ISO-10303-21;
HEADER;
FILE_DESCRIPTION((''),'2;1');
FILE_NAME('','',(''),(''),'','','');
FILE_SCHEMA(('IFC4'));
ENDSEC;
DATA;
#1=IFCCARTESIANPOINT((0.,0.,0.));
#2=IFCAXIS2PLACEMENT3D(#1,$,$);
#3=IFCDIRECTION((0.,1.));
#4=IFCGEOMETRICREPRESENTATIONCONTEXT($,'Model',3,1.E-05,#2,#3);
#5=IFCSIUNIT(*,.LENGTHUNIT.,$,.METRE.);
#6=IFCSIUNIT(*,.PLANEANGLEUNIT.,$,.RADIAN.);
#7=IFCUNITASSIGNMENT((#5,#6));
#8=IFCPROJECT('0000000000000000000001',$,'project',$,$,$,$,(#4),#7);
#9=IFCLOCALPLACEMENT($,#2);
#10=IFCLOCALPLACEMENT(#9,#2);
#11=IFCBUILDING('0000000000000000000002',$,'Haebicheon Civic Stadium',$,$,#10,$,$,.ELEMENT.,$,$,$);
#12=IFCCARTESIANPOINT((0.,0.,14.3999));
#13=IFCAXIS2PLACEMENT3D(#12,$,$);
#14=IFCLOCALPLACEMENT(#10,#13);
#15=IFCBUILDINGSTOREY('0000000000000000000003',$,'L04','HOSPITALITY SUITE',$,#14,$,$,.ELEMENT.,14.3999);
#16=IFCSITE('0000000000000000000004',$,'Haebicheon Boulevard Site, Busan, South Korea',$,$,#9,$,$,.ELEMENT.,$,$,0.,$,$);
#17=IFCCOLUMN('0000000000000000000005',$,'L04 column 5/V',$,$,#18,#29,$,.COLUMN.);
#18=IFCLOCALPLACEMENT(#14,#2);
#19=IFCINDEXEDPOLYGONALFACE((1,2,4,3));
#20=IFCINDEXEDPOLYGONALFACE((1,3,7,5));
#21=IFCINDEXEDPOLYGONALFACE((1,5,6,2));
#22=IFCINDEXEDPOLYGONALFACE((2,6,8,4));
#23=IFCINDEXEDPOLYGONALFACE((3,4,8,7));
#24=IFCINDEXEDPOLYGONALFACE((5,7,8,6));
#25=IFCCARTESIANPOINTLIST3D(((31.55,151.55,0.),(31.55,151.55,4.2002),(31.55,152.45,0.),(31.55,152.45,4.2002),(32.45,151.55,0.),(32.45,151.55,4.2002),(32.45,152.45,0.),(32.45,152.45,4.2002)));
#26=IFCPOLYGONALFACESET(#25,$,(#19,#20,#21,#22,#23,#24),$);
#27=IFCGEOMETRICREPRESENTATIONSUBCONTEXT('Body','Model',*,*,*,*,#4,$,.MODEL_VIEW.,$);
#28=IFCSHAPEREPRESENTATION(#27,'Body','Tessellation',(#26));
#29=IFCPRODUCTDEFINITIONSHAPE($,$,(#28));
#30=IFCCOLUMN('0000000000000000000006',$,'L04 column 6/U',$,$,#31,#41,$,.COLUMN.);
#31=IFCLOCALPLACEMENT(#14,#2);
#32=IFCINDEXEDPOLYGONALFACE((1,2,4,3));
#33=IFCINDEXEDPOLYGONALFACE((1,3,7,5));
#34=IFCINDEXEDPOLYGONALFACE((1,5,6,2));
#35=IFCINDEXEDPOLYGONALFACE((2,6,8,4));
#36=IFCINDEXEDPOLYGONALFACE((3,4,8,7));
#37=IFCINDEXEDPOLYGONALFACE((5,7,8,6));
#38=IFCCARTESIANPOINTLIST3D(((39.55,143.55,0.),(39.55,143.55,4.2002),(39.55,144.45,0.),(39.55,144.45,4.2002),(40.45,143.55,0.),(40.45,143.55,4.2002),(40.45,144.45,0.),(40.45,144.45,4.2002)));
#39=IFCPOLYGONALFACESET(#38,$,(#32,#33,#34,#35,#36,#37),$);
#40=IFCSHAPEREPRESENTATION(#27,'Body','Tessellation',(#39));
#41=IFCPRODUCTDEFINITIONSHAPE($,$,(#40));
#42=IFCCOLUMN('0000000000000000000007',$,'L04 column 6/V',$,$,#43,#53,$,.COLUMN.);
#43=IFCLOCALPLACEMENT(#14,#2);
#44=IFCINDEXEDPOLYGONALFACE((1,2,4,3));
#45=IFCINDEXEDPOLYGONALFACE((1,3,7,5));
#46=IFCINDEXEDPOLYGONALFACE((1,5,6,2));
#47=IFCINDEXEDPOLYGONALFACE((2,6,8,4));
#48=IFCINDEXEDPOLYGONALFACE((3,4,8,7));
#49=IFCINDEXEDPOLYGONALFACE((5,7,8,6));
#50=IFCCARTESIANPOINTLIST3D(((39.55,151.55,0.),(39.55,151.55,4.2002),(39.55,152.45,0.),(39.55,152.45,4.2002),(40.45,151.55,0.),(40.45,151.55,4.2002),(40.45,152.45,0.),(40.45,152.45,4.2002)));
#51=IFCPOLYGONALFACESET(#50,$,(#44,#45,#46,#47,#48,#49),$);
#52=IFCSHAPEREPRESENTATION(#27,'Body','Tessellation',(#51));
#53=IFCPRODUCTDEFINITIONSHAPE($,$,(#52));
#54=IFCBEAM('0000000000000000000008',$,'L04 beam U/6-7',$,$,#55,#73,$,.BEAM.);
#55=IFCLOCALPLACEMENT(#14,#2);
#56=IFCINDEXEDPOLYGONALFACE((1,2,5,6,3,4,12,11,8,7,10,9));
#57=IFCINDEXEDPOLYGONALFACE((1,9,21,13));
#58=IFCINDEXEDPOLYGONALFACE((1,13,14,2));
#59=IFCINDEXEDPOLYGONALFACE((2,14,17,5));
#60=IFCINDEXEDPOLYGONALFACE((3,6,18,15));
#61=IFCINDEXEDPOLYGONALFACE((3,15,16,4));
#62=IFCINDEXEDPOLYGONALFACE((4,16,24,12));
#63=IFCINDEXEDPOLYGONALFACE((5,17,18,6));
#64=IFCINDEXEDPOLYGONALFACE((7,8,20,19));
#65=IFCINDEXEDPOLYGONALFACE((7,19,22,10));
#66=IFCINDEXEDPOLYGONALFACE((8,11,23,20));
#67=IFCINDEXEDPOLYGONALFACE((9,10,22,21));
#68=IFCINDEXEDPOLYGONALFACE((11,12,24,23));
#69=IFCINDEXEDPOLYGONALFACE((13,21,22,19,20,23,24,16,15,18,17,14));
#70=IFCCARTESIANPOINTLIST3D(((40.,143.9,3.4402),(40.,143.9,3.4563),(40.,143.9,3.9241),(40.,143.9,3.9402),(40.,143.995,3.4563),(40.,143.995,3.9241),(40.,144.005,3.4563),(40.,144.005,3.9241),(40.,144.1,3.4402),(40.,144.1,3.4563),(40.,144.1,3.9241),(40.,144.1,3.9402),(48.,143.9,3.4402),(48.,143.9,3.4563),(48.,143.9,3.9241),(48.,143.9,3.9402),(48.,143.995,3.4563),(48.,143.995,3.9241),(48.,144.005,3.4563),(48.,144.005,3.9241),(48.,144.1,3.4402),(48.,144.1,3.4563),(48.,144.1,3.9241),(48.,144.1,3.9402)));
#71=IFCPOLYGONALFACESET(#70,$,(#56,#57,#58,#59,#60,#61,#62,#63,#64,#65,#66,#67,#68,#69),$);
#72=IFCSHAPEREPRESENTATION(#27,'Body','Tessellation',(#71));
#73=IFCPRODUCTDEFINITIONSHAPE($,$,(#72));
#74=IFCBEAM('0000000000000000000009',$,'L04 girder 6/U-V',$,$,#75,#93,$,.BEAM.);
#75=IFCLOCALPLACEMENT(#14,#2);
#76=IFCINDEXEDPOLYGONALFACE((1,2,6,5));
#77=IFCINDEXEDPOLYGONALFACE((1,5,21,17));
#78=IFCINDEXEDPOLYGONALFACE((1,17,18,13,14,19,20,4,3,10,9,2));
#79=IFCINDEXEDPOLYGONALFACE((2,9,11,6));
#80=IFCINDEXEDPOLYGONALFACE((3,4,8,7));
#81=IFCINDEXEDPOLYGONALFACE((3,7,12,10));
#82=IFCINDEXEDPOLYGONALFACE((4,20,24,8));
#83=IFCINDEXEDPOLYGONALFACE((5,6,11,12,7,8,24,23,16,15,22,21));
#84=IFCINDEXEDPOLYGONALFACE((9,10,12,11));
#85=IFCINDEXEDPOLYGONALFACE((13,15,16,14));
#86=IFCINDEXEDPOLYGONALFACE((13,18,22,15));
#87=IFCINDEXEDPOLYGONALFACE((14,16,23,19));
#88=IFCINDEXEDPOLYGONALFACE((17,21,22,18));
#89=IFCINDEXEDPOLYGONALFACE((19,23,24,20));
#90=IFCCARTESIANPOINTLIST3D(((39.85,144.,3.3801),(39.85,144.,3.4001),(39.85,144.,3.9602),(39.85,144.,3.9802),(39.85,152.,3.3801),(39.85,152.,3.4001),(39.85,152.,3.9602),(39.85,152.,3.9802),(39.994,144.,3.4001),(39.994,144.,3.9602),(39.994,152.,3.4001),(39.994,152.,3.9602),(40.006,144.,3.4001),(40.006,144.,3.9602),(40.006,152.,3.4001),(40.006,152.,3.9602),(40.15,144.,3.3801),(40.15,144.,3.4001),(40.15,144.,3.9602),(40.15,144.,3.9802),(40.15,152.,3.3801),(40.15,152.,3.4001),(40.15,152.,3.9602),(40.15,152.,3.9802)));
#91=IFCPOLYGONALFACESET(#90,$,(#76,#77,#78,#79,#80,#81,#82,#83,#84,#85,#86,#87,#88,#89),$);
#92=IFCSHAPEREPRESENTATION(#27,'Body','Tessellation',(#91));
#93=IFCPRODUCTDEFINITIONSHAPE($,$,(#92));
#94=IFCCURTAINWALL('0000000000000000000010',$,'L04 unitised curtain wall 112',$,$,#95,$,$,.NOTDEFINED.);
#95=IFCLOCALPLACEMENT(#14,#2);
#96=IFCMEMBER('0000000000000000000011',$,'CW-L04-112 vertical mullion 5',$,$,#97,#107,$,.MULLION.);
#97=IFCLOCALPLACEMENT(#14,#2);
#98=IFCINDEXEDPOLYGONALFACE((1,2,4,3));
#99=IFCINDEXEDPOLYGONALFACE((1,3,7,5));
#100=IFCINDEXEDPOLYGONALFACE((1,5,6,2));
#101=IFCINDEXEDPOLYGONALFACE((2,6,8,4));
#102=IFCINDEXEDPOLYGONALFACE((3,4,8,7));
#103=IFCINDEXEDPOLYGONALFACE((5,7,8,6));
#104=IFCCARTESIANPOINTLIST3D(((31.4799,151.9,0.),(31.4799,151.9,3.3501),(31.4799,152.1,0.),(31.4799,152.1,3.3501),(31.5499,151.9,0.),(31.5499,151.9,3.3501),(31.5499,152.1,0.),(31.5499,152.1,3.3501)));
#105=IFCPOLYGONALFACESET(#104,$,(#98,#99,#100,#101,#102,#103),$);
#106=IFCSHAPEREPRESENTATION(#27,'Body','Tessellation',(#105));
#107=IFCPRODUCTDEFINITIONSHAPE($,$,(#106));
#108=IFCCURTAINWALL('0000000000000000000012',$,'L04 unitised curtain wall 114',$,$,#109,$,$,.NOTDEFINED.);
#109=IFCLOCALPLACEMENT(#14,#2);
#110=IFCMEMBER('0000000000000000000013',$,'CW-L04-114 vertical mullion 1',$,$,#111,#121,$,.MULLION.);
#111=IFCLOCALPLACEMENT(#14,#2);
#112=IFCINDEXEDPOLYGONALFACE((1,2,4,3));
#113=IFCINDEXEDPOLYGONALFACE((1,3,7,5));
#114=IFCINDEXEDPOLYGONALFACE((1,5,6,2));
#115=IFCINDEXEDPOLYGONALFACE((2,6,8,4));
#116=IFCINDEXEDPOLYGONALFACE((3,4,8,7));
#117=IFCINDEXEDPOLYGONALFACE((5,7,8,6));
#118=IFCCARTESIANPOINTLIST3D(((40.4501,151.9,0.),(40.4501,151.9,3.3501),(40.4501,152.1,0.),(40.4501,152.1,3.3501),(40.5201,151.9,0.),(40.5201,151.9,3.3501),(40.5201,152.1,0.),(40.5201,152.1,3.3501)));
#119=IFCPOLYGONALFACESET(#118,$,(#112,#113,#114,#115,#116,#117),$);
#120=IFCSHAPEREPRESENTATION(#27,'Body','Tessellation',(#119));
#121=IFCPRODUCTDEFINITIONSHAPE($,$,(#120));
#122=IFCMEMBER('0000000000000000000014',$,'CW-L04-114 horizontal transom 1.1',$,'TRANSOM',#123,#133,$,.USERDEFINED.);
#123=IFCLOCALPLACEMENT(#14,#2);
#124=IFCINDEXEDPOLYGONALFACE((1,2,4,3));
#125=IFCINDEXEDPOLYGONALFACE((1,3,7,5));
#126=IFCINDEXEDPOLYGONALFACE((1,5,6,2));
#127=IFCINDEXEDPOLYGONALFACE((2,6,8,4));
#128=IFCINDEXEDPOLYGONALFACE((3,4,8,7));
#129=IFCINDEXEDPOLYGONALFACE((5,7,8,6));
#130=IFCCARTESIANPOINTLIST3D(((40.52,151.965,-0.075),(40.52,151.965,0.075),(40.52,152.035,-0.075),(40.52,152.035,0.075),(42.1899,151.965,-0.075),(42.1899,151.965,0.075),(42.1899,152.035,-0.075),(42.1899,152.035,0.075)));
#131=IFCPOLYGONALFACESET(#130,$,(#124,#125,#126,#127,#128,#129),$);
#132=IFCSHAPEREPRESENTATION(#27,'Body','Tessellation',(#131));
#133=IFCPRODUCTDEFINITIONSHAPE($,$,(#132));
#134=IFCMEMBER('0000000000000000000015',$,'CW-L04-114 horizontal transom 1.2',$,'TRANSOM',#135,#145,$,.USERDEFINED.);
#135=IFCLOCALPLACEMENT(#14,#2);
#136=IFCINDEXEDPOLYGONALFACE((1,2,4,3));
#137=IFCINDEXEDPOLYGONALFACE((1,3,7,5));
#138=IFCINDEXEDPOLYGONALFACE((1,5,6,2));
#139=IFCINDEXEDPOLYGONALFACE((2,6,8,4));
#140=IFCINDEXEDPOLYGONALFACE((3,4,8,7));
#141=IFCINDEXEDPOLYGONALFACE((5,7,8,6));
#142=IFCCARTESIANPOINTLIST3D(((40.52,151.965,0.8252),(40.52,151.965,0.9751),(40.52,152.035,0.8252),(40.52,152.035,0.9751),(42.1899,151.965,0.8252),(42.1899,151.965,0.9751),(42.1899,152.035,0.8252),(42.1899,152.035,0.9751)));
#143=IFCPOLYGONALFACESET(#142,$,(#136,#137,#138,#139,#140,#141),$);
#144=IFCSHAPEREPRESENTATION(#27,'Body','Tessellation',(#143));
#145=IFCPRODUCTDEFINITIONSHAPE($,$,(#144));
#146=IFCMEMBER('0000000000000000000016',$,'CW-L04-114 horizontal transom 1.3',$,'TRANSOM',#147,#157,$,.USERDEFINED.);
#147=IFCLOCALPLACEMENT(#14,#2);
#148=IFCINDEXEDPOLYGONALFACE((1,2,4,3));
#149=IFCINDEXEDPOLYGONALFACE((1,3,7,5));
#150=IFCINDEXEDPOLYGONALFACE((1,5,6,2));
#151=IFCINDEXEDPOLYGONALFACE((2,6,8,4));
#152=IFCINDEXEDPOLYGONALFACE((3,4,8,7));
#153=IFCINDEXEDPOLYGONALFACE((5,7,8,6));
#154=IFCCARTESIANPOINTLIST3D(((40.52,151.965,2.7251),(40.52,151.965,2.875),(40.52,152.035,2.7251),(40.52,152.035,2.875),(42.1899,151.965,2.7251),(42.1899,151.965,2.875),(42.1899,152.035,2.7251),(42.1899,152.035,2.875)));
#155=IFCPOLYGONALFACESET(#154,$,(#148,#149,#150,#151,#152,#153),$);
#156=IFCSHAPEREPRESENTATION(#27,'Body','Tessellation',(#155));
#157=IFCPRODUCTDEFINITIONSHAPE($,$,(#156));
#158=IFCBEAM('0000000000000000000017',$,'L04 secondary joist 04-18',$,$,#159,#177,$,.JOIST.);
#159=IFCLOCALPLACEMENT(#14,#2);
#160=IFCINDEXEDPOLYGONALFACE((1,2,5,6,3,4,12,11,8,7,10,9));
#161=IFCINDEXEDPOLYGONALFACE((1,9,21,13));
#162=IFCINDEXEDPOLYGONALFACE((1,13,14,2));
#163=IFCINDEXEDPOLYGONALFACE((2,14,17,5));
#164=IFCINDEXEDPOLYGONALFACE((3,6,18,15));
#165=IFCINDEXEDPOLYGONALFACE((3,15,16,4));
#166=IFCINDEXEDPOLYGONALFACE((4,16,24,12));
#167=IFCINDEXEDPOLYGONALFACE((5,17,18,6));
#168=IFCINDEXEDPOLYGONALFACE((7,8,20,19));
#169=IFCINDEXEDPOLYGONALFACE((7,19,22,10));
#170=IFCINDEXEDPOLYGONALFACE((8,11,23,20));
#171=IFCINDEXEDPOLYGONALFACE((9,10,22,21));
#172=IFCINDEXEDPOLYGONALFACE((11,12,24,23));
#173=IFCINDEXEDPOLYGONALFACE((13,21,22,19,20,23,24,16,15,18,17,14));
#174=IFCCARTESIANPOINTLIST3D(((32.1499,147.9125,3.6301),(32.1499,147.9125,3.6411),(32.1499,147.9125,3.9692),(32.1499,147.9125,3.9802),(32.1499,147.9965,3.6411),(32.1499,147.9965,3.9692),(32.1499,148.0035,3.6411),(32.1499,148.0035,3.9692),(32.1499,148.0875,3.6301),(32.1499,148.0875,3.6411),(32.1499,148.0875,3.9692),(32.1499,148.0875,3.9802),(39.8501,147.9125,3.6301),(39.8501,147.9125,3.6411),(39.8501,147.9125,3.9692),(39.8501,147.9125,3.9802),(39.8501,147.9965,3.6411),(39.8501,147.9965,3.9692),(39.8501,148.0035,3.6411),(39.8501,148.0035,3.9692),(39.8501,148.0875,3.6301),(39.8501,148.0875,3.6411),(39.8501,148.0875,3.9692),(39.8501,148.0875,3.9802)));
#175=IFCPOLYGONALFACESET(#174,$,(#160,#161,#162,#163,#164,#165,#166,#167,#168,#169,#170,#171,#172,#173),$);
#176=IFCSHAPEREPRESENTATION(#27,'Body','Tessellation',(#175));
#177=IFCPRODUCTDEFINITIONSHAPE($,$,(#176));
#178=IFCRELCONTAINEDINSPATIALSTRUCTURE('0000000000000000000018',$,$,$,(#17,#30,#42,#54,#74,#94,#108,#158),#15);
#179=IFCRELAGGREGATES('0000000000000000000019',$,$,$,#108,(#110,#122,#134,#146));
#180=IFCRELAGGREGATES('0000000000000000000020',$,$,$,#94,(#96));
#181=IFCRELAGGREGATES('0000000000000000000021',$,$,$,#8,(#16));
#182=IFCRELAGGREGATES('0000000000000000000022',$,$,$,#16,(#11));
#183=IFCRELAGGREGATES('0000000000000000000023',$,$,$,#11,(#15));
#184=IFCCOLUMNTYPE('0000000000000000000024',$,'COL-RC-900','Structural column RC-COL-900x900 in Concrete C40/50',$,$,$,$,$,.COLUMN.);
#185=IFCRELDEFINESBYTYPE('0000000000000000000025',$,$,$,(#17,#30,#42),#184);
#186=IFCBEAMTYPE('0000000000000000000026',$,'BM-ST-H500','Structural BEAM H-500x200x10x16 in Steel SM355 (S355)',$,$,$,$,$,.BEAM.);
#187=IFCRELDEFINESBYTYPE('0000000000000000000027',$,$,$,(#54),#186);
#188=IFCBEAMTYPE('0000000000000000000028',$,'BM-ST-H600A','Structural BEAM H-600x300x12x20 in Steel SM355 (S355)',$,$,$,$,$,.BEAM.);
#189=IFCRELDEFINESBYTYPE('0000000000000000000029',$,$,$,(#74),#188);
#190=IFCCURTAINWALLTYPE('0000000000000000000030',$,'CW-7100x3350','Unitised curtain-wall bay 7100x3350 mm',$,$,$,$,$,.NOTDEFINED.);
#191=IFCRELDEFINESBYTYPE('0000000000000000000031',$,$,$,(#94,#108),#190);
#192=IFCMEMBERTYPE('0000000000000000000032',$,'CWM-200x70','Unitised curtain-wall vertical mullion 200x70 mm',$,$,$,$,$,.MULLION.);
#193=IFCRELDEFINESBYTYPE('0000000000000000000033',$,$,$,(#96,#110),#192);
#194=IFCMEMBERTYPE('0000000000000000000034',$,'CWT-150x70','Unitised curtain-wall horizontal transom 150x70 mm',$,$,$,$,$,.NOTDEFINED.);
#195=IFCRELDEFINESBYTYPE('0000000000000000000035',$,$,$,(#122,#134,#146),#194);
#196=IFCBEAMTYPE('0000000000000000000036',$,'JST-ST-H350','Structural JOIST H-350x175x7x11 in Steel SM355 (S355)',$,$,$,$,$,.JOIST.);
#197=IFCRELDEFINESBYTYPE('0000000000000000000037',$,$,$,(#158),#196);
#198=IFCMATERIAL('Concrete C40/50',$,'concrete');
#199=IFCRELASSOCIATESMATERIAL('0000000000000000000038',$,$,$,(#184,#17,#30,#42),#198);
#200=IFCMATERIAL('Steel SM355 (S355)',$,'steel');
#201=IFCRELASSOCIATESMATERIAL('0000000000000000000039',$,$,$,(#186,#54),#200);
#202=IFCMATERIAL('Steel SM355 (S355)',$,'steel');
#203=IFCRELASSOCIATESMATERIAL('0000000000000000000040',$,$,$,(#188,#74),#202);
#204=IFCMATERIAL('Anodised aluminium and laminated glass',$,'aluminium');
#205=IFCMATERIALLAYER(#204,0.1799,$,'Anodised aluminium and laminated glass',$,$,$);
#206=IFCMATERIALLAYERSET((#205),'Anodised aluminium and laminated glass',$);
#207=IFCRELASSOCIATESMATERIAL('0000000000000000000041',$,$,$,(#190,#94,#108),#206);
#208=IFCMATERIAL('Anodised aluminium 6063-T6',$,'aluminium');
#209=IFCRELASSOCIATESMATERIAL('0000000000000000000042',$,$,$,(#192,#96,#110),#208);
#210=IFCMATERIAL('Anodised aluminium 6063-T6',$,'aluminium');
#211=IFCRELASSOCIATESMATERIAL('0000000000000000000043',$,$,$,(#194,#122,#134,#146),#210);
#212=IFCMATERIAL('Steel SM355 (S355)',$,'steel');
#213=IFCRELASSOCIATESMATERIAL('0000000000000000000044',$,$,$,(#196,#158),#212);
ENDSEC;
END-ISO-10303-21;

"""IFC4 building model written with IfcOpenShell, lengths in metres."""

from ifc_helpers import new_model, si_unit, direction, frame, origin, origin_2d, place, context, subcontext, project, spatial, rectangle, i_section, extrude, material, layer, layer_set, material_profile, profile_set, type_object, element, aggregate, save


model = new_model("IFC4")

# Units and contexts
model_context = context("Model", 3, precision=1e-05, world=origin(), true_north=direction((0.0, 1.0)))
body_context = subcontext(model_context, "Body", "Model", "MODEL_VIEW")
ifc_project = project(units=[si_unit("LENGTHUNIT", "METRE"), si_unit("PLANEANGLEUNIT", "RADIAN")], contexts=[model_context])

# Site, building, storey
site_placement = place(None, origin())
site = spatial("IfcSite", under=ifc_project, at=site_placement, Name="Haebicheon Boulevard Site, Busan, South Korea", CompositionType="ELEMENT", RefElevation=0.0)
building_placement = place(site_placement, origin())
building = spatial("IfcBuilding", under=site, at=building_placement, Name="Haebicheon Civic Stadium", CompositionType="ELEMENT")
storey_placement = place(building_placement, frame((0.0, 0.0, 14.3999)))
storey = spatial("IfcBuildingStorey", under=building, at=storey_placement, Name="L04", Description="HOSPITALITY SUITE", CompositionType="ELEMENT", Elevation=14.3999)

# Columns
ifc_material_1 = material(Name="Concrete C40/50", Category="concrete")
ifc_material_profile_1 = material_profile(ifc_material_1, rectangle(XDim=0.8999, YDim=0.8999, at=origin_2d()), Name="RC-COL-900x900")
ifc_profile_set_1 = profile_set([ifc_material_profile_1], Name="Concrete C40/50")
column_type = type_object("IfcColumnType", Name="COL-RC-900", Description="Structural column RC-COL-900x900 in Concrete C40/50", PredefinedType="COLUMN", material=ifc_profile_set_1)
for number, where, z_axis, x_axis, name in (
    (1, (32.0, 152.0, 0.0), (0.0, 0.0, 1.0), (1.0, 0.0, 0.0), "L04 column 5/V"),
    (2, (40.0, 144.0, 0.0), (0.0, 0.0, 1.0), (1.0, 0.0, 0.0), "L04 column 6/U"),
    (3, (40.0, 152.0, 0.0), (0.0, 0.0, 1.0), (1.0, 0.0, 0.0), "L04 column 6/V"),
):
    element("IfcColumn", number, at=place(storey_placement, frame(where, z_axis=z_axis, x_axis=x_axis)), inside=storey, type_object=column_type, material=ifc_profile_set_1, Name=name, PredefinedType="COLUMN", context=body_context, shape_type="SweptSolid", body=[
        extrude(rectangle(XDim=0.8999, YDim=0.8999, at=origin_2d()), origin(), (0.0, 0.0, 1.0), 4.2002),
    ])

# Beams
ifc_material_2 = material(Name="Steel SM355 (S355)", Category="steel")
ifc_material_profile_2 = material_profile(ifc_material_2, i_section(OverallWidth=0.2, OverallDepth=0.5, WebThickness=0.01, FlangeThickness=0.0161, at=origin_2d()), Name="H-500x200x10x16")
ifc_profile_set_2 = profile_set([ifc_material_profile_2], Name="Steel SM355 (S355)")
beam_type_1 = type_object("IfcBeamType", Name="BM-ST-H500", Description="Structural BEAM H-500x200x10x16 in Steel SM355 (S355)", PredefinedType="BEAM", material=ifc_profile_set_2)
beam_1_placement = place(storey_placement, frame((40.0, 144.0, 3.6902), z_axis=(1.0, 0.0, 0.0), x_axis=(0.0, 1.0, 0.0)))
element("IfcBeam", 4, at=beam_1_placement, inside=storey, type_object=beam_type_1, material=ifc_profile_set_2, Name="L04 beam U/6-7", PredefinedType="BEAM", context=body_context, shape_type="SweptSolid", body=[
    extrude(i_section(OverallWidth=0.2, OverallDepth=0.5, WebThickness=0.01, FlangeThickness=0.0161, at=origin_2d()), origin(), (0.0, 0.0, 1.0), 8.0),
])
ifc_material_3 = material(Name="Steel SM355 (S355)", Category="steel")
ifc_material_profile_3 = material_profile(ifc_material_3, i_section(OverallWidth=0.3, OverallDepth=0.6001, WebThickness=0.012, FlangeThickness=0.02, at=origin_2d()), Name="H-600x300x12x20")
ifc_profile_set_3 = profile_set([ifc_material_profile_3], Name="Steel SM355 (S355)")
beam_type_2 = type_object("IfcBeamType", Name="BM-ST-H600A", Description="Structural BEAM H-600x300x12x20 in Steel SM355 (S355)", PredefinedType="BEAM", material=ifc_profile_set_3)
beam_2_placement = place(storey_placement, frame((40.0, 144.0, 3.6802), z_axis=(0.0, 1.0, 0.0), x_axis=(-1.0, 0.0, 0.0)))
element("IfcBeam", 5, at=beam_2_placement, inside=storey, type_object=beam_type_2, material=ifc_profile_set_3, Name="L04 girder 6/U-V", PredefinedType="BEAM", context=body_context, shape_type="SweptSolid", body=[
    extrude(i_section(OverallWidth=0.3, OverallDepth=0.6001, WebThickness=0.012, FlangeThickness=0.02, at=origin_2d()), origin(), (0.0, 0.0, 1.0), 8.0),
])

# Curtain wall, member
ifc_material_4 = material(Name="Anodised aluminium and laminated glass", Category="aluminium")
ifc_layer_1 = layer(ifc_material_4, 0.1799, Name="Anodised aluminium and laminated glass")
ifc_layer_set_1 = layer_set([ifc_layer_1], Name="Anodised aluminium and laminated glass")
curtain_wall_type = type_object("IfcCurtainWallType", Name="CW-7100x3350", Description="Unitised curtain-wall bay 7100x3350 mm", PredefinedType="NOTDEFINED", material=ifc_layer_set_1)
curtain_wall_1_placement = place(storey_placement, origin())
curtain_wall_1 = element("IfcCurtainWall", 6, at=curtain_wall_1_placement, inside=storey, type_object=curtain_wall_type, material=ifc_layer_set_1, Name="L04 unitised curtain wall 112", PredefinedType="NOTDEFINED")
ifc_material_5 = material(Name="Anodised aluminium 6063-T6", Category="aluminium")
ifc_material_profile_4 = material_profile(ifc_material_5, rectangle(XDim=0.0701, YDim=0.2, at=origin_2d()), Name="ALU-MULL-70x200")
ifc_profile_set_4 = profile_set([ifc_material_profile_4], Name="Anodised aluminium 6063-T6")
member_type_1 = type_object("IfcMemberType", Name="CWM-200x70", Description="Unitised curtain-wall vertical mullion 200x70 mm", PredefinedType="MULLION", material=ifc_profile_set_4)
member_1_placement = place(storey_placement, frame((31.5149, 152.0, 0.0), z_axis=(0.0, 0.0, 1.0), x_axis=(1.0, 0.0, 0.0)))
member_1 = element("IfcMember", 7, at=member_1_placement, type_object=member_type_1, material=ifc_profile_set_4, Name="CW-L04-112 vertical mullion 5", PredefinedType="MULLION", context=body_context, shape_type="SweptSolid", body=[
    extrude(rectangle(XDim=0.0701, YDim=0.2, at=origin_2d()), origin(), (0.0, 0.0, 1.0), 3.3501),
])

# Curtain wall, members
curtain_wall_2_placement = place(storey_placement, origin())
curtain_wall_2 = element("IfcCurtainWall", 8, at=curtain_wall_2_placement, inside=storey, type_object=curtain_wall_type, material=ifc_layer_set_1, Name="L04 unitised curtain wall 114", PredefinedType="NOTDEFINED")
member_2_placement = place(storey_placement, frame((40.4851, 152.0, 0.0), z_axis=(0.0, 0.0, 1.0), x_axis=(1.0, 0.0, 0.0)))
member_2 = element("IfcMember", 9, at=member_2_placement, type_object=member_type_1, material=ifc_profile_set_4, Name="CW-L04-114 vertical mullion 1", PredefinedType="MULLION", context=body_context, shape_type="SweptSolid", body=[
    extrude(rectangle(XDim=0.0701, YDim=0.2, at=origin_2d()), origin(), (0.0, 0.0, 1.0), 3.3501),
])
ifc_material_6 = material(Name="Anodised aluminium 6063-T6", Category="aluminium")
ifc_material_profile_5 = material_profile(ifc_material_6, rectangle(XDim=0.0701, YDim=0.1499, at=origin_2d()), Name="ALU-TRAN-70x150")
ifc_profile_set_5 = profile_set([ifc_material_profile_5], Name="Anodised aluminium 6063-T6")
member_type_2 = type_object("IfcMemberType", Name="CWT-150x70", Description="Unitised curtain-wall horizontal transom 150x70 mm", PredefinedType="NOTDEFINED", material=ifc_profile_set_5)
member_3_placement = place(storey_placement, frame((40.52, 152.0, 0.0), z_axis=(1.0, 0.0, 0.0), x_axis=(0.0, 1.0, 0.0)))
member_3 = element("IfcMember", 10, at=member_3_placement, type_object=member_type_2, material=ifc_profile_set_5, Name="CW-L04-114 horizontal transom 1.1", ObjectType="TRANSOM", PredefinedType="USERDEFINED", context=body_context, shape_type="SweptSolid", body=[
    extrude(rectangle(XDim=0.0701, YDim=0.1499, at=origin_2d()), origin(), (0.0, 0.0, 1.0), 1.6699),
])
member_4_placement = place(storey_placement, frame((40.52, 152.0, 0.9001), z_axis=(1.0, 0.0, 0.0), x_axis=(0.0, 1.0, 0.0)))
member_4 = element("IfcMember", 11, at=member_4_placement, type_object=member_type_2, material=ifc_profile_set_5, Name="CW-L04-114 horizontal transom 1.2", ObjectType="TRANSOM", PredefinedType="USERDEFINED", context=body_context, shape_type="SweptSolid", body=[
    extrude(rectangle(XDim=0.0701, YDim=0.1499, at=origin_2d()), origin(), (0.0, 0.0, 1.0), 1.6699),
])
member_5_placement = place(storey_placement, frame((40.52, 152.0, 2.8), z_axis=(1.0, 0.0, 0.0), x_axis=(0.0, 1.0, 0.0)))
member_5 = element("IfcMember", 12, at=member_5_placement, type_object=member_type_2, material=ifc_profile_set_5, Name="CW-L04-114 horizontal transom 1.3", ObjectType="TRANSOM", PredefinedType="USERDEFINED", context=body_context, shape_type="SweptSolid", body=[
    extrude(rectangle(XDim=0.0701, YDim=0.1499, at=origin_2d()), origin(), (0.0, 0.0, 1.0), 1.6699),
])
aggregate(curtain_wall_2, [member_2, member_3, member_4, member_5])

# Beam
ifc_material_7 = material(Name="Steel SM355 (S355)", Category="steel")
ifc_material_profile_6 = material_profile(ifc_material_7, i_section(OverallWidth=0.175, OverallDepth=0.3501, WebThickness=0.0071, FlangeThickness=0.011, at=origin_2d()), Name="H-350x175x7x11")
ifc_profile_set_6 = profile_set([ifc_material_profile_6], Name="Steel SM355 (S355)")
beam_type_3 = type_object("IfcBeamType", Name="JST-ST-H350", Description="Structural JOIST H-350x175x7x11 in Steel SM355 (S355)", PredefinedType="JOIST", material=ifc_profile_set_6)
for number, where, z_axis, x_axis, name in (
    (13, (32.1499, 148.0, 3.8052), (1.0, 0.0, 0.0), (0.0, 1.0, 0.0), "L04 secondary joist 04-18"),
):
    element("IfcBeam", number, at=place(storey_placement, frame(where, z_axis=z_axis, x_axis=x_axis)), inside=storey, type_object=beam_type_3, material=ifc_profile_set_6, Name=name, PredefinedType="JOIST", context=body_context, shape_type="SweptSolid", body=[
        extrude(i_section(OverallWidth=0.175, OverallDepth=0.3501, WebThickness=0.0071, FlangeThickness=0.011, at=origin_2d()), origin(), (0.0, 0.0, 1.0), 7.7002),
    ])

aggregate(curtain_wall_1, [member_1])

save(model, "model.ifc")
